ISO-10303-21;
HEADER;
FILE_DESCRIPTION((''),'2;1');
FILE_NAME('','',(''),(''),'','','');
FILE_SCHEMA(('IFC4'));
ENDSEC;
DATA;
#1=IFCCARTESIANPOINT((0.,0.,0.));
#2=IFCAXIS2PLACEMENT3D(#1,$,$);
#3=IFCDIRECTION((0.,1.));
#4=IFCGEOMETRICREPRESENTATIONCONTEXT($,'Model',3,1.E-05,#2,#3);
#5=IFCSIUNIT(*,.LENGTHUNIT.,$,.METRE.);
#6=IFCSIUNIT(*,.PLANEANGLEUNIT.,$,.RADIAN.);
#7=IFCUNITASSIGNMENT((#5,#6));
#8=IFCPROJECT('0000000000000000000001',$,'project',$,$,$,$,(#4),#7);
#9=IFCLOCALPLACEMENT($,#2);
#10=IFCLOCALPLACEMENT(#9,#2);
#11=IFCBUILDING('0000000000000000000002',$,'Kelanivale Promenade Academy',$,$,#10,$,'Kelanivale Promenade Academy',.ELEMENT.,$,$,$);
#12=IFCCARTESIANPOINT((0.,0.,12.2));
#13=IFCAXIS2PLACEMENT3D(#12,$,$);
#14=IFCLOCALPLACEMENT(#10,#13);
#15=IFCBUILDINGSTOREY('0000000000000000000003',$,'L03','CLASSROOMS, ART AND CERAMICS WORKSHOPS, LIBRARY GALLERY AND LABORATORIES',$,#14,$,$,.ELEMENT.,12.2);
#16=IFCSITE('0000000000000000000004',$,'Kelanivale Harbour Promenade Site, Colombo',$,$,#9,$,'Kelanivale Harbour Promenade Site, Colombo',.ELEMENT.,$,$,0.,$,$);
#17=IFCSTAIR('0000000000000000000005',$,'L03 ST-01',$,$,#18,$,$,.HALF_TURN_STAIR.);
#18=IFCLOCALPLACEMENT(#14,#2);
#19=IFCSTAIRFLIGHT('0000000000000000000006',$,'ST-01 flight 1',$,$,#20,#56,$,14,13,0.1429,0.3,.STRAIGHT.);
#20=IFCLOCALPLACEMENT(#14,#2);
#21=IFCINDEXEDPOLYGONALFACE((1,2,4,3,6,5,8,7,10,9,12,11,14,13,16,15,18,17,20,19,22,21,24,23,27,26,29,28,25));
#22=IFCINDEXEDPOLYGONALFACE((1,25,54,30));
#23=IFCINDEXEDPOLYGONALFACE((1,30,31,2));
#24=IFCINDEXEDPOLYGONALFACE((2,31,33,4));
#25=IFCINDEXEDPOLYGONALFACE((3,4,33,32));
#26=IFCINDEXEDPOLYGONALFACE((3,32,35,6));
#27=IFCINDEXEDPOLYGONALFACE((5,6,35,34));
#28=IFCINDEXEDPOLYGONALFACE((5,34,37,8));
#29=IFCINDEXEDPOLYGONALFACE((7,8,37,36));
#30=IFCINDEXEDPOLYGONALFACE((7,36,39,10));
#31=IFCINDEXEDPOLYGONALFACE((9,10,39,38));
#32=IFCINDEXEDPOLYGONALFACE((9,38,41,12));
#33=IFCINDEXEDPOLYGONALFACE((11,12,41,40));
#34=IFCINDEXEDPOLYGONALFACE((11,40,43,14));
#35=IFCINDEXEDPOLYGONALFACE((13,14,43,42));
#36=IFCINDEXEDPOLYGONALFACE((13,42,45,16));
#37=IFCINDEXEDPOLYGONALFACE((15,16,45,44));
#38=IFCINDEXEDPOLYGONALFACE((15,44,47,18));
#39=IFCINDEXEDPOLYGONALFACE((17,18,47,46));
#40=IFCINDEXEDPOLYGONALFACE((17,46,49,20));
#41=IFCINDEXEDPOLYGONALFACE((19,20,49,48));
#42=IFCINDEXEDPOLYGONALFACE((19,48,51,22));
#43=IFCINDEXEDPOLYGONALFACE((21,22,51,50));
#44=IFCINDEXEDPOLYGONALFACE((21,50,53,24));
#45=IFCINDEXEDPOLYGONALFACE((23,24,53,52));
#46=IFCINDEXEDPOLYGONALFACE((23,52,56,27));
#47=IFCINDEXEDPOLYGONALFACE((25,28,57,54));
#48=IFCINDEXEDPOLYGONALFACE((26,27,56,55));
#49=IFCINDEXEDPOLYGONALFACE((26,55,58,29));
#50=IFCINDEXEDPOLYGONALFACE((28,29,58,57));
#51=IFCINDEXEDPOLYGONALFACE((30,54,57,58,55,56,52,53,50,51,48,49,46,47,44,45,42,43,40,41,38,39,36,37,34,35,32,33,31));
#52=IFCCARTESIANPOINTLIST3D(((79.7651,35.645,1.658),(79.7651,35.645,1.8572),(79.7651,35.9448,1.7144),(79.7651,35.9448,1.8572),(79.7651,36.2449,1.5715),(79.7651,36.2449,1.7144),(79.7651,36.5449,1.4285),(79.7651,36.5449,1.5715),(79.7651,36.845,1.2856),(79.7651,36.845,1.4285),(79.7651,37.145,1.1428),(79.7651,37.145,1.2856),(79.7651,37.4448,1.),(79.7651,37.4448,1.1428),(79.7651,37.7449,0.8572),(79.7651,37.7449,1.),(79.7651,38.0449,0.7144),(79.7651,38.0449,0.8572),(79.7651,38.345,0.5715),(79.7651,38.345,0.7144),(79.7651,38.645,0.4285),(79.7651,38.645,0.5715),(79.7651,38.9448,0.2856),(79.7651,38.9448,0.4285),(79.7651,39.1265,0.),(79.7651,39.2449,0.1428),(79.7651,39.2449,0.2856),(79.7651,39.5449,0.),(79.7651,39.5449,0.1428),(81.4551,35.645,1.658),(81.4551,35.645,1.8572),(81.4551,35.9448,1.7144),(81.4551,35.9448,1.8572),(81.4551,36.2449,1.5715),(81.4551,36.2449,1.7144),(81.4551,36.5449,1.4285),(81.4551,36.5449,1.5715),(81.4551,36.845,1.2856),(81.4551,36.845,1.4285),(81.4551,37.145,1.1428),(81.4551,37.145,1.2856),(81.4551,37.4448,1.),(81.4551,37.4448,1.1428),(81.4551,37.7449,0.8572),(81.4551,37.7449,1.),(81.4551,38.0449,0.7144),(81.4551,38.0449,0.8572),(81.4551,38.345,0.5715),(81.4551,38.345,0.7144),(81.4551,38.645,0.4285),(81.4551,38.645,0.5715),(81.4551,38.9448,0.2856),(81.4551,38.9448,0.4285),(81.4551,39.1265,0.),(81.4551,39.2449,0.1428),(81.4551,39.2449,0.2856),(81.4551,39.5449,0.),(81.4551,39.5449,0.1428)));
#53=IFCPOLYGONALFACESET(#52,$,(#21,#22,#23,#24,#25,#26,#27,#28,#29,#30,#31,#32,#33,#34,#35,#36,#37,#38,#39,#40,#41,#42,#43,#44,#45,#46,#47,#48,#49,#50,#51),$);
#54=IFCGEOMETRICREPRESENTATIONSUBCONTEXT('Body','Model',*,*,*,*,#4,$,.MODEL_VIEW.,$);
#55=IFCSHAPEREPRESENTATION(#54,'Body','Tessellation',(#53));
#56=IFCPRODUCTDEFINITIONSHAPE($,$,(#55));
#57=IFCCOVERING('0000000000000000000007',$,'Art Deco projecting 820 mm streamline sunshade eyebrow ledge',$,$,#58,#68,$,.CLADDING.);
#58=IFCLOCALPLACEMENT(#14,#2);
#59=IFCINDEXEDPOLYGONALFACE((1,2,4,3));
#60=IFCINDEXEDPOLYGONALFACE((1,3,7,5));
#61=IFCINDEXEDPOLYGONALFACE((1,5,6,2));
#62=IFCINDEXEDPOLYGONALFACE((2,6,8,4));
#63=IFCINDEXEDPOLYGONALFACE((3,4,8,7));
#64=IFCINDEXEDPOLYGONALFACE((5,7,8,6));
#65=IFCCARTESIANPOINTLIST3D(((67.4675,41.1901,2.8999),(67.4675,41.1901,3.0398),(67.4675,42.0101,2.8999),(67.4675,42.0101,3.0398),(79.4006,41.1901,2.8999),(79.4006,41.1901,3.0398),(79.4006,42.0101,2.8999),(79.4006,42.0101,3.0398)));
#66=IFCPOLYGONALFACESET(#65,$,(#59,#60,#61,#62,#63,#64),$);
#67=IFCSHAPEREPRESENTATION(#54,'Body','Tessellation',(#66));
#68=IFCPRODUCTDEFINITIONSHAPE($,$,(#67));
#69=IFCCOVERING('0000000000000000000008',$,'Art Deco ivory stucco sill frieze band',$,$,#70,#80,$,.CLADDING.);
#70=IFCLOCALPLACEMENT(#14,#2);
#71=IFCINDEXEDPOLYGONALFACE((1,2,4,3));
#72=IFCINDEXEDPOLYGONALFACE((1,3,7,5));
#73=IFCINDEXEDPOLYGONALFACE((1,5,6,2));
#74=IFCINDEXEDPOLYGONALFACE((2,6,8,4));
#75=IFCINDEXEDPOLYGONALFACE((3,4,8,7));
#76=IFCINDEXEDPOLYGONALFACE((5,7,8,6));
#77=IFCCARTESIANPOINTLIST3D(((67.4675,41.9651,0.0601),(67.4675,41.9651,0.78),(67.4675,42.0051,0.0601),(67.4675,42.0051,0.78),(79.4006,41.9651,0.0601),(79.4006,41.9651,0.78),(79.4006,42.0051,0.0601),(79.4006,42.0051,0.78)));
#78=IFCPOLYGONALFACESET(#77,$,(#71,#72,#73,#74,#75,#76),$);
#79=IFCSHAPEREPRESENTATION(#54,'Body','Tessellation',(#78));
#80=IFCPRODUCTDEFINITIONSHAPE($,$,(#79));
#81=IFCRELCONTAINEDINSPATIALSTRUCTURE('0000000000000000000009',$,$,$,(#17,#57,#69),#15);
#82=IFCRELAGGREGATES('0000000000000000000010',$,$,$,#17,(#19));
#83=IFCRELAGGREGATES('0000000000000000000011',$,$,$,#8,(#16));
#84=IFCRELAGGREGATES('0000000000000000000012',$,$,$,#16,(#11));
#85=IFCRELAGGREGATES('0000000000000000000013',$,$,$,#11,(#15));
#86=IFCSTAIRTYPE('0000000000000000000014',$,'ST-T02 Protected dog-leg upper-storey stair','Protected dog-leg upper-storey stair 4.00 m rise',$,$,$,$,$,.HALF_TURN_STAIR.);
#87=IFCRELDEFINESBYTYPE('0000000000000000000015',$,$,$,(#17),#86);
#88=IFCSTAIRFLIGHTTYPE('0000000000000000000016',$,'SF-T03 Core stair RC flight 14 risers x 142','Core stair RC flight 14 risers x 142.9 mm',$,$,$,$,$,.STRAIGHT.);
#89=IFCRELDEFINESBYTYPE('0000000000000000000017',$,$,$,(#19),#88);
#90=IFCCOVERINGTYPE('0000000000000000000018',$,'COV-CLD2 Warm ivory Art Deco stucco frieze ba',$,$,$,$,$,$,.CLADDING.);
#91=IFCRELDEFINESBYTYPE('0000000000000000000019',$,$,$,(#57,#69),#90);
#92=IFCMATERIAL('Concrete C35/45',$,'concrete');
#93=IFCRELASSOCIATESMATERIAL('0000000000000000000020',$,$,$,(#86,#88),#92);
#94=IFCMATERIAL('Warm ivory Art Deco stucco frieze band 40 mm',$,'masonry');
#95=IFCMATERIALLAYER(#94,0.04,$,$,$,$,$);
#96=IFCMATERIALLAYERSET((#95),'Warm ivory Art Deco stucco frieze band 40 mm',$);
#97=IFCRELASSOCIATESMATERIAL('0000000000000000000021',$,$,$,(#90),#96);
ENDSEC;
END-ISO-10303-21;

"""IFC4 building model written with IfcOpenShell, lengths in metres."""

from ifc_helpers import new_model, si_unit, direction, frame, origin, origin_2d, place, context, subcontext, project, spatial, polyline, rectangle, outline, extrude, material, layer, layer_set, type_object, element, aggregate, save


model = new_model("IFC4")

# Units and contexts
model_context = context("Model", 3, precision=1e-05, world=origin(), true_north=direction((0.0, 1.0)))
body_context = subcontext(model_context, "Body", "Model", "MODEL_VIEW")
ifc_project = project(units=[si_unit("LENGTHUNIT", "METRE"), si_unit("PLANEANGLEUNIT", "RADIAN")], contexts=[model_context])

# Site, building, storey
site_placement = place(None, origin())
site = spatial("IfcSite", under=ifc_project, at=site_placement, Name="Kelanivale Harbour Promenade Site, Colombo", LongName="Kelanivale Harbour Promenade Site, Colombo", CompositionType="ELEMENT", RefElevation=0.0)
building_placement = place(site_placement, origin())
building = spatial("IfcBuilding", under=site, at=building_placement, Name="Kelanivale Promenade Academy", LongName="Kelanivale Promenade Academy", CompositionType="ELEMENT")
storey_placement = place(building_placement, frame((0.0, 0.0, 12.2)))
storey = spatial("IfcBuildingStorey", under=building, at=storey_placement, Name="L03", Description="CLASSROOMS, ART AND CERAMICS WORKSHOPS, LIBRARY GALLERY AND LABORATORIES", CompositionType="ELEMENT", Elevation=12.2)

# Shared definitions
ifc_material_1 = material(Name="Concrete C35/45", Category="concrete")

# Stair, stair flight
stair_type = type_object("IfcStairType", Name="ST-T02 Protected dog-leg upper-storey stair", Description="Protected dog-leg upper-storey stair 4.00 m rise", PredefinedType="HALF_TURN_STAIR", material=ifc_material_1)
stair_placement = place(storey_placement, origin())
stair = element("IfcStair", 1, at=stair_placement, inside=storey, type_object=stair_type, Name="L03 ST-01", PredefinedType="HALF_TURN_STAIR")
stair_flight_type = type_object("IfcStairFlightType", Name="SF-T03 Core stair RC flight 14 risers x 142", Description="Core stair RC flight 14 risers x 142.9 mm", PredefinedType="STRAIGHT", material=ifc_material_1)
stair_flight_placement = place(storey_placement, frame((80.6101, 39.5449, 0.0), z_axis=(0.0, 0.0, 1.0), x_axis=(0.0, -1.0, 0.0)))
stair_flight = element("IfcStairFlight", 2, at=stair_flight_placement, type_object=stair_flight_type, Name="ST-01 flight 1", NumberOfRisers=14, NumberOfTreads=13, PredefinedType="STRAIGHT", RiserHeight=0.1429, TreadLength=0.3, context=body_context, shape_type="SweptSolid", body=[
    extrude(outline(polyline([(0.0, 0.0), (0.0, 0.1428), (0.3, 0.1428), (0.3, 0.2856), (0.6001, 0.2856), (0.6001, 0.4285), (0.8999, 0.4285), (0.8999, 0.5715), (1.2, 0.5715), (1.2, 0.7144), (1.5, 0.7144), (1.5, 0.8572), (1.8, 0.8572), (1.8, 1.0), (2.1001, 1.0), (2.1001, 1.1428), (2.3999, 1.1428), (2.3999, 1.2856), (2.7, 1.2856), (2.7, 1.4285), (3.0, 1.4285), (3.0, 1.5715), (3.3, 1.5715), (3.3, 1.7144), (3.6001, 1.7144), (3.6001, 1.8572), (3.8999, 1.8572), (3.8999, 2.0), (3.8999, 1.658), (0.4185, 0.0), (0.0, 0.0)])), frame((0.0, 0.845, 0.0), z_axis=(0.0, -1.0, 0.0), x_axis=(1.0, 0.0, 0.0)), (0.0, 0.0, 1.0), 1.6899),
])
aggregate(stair, [stair_flight])

# Coverings
ifc_material_2 = material(Name="Warm ivory Art Deco stucco frieze band 40 mm", Category="masonry")
ifc_layer_1 = layer(ifc_material_2, 0.04)
ifc_layer_set_1 = layer_set([ifc_layer_1], Name="Warm ivory Art Deco stucco frieze band 40 mm")
covering_type = type_object("IfcCoveringType", Name="COV-CLD2 Warm ivory Art Deco stucco frieze ba", PredefinedType="CLADDING", material=ifc_layer_set_1)
covering_1_placement = place(storey_placement, frame((73.4341, 41.6001, 2.8999), z_axis=(0.0, 0.0, 1.0), x_axis=(1.0, 0.0, 0.0)))
element("IfcCovering", 3, at=covering_1_placement, inside=storey, type_object=covering_type, Name="Art Deco projecting 820 mm streamline sunshade eyebrow ledge", PredefinedType="CLADDING", context=body_context, shape_type="SweptSolid", body=[
    extrude(rectangle(XDim=11.9331, YDim=0.8201, at=origin_2d()), origin(), (0.0, 0.0, 1.0), 0.1399),
])
covering_2_placement = place(storey_placement, frame((73.4341, 41.9851, 0.0601), z_axis=(0.0, 0.0, 1.0), x_axis=(1.0, 0.0, 0.0)))
element("IfcCovering", 4, at=covering_2_placement, inside=storey, type_object=covering_type, Name="Art Deco ivory stucco sill frieze band", PredefinedType="CLADDING", context=body_context, shape_type="SweptSolid", body=[
    extrude(rectangle(XDim=11.9331, YDim=0.04, at=origin_2d()), origin(), (0.0, 0.0, 1.0), 0.72),
])

save(model, "model.ifc")
